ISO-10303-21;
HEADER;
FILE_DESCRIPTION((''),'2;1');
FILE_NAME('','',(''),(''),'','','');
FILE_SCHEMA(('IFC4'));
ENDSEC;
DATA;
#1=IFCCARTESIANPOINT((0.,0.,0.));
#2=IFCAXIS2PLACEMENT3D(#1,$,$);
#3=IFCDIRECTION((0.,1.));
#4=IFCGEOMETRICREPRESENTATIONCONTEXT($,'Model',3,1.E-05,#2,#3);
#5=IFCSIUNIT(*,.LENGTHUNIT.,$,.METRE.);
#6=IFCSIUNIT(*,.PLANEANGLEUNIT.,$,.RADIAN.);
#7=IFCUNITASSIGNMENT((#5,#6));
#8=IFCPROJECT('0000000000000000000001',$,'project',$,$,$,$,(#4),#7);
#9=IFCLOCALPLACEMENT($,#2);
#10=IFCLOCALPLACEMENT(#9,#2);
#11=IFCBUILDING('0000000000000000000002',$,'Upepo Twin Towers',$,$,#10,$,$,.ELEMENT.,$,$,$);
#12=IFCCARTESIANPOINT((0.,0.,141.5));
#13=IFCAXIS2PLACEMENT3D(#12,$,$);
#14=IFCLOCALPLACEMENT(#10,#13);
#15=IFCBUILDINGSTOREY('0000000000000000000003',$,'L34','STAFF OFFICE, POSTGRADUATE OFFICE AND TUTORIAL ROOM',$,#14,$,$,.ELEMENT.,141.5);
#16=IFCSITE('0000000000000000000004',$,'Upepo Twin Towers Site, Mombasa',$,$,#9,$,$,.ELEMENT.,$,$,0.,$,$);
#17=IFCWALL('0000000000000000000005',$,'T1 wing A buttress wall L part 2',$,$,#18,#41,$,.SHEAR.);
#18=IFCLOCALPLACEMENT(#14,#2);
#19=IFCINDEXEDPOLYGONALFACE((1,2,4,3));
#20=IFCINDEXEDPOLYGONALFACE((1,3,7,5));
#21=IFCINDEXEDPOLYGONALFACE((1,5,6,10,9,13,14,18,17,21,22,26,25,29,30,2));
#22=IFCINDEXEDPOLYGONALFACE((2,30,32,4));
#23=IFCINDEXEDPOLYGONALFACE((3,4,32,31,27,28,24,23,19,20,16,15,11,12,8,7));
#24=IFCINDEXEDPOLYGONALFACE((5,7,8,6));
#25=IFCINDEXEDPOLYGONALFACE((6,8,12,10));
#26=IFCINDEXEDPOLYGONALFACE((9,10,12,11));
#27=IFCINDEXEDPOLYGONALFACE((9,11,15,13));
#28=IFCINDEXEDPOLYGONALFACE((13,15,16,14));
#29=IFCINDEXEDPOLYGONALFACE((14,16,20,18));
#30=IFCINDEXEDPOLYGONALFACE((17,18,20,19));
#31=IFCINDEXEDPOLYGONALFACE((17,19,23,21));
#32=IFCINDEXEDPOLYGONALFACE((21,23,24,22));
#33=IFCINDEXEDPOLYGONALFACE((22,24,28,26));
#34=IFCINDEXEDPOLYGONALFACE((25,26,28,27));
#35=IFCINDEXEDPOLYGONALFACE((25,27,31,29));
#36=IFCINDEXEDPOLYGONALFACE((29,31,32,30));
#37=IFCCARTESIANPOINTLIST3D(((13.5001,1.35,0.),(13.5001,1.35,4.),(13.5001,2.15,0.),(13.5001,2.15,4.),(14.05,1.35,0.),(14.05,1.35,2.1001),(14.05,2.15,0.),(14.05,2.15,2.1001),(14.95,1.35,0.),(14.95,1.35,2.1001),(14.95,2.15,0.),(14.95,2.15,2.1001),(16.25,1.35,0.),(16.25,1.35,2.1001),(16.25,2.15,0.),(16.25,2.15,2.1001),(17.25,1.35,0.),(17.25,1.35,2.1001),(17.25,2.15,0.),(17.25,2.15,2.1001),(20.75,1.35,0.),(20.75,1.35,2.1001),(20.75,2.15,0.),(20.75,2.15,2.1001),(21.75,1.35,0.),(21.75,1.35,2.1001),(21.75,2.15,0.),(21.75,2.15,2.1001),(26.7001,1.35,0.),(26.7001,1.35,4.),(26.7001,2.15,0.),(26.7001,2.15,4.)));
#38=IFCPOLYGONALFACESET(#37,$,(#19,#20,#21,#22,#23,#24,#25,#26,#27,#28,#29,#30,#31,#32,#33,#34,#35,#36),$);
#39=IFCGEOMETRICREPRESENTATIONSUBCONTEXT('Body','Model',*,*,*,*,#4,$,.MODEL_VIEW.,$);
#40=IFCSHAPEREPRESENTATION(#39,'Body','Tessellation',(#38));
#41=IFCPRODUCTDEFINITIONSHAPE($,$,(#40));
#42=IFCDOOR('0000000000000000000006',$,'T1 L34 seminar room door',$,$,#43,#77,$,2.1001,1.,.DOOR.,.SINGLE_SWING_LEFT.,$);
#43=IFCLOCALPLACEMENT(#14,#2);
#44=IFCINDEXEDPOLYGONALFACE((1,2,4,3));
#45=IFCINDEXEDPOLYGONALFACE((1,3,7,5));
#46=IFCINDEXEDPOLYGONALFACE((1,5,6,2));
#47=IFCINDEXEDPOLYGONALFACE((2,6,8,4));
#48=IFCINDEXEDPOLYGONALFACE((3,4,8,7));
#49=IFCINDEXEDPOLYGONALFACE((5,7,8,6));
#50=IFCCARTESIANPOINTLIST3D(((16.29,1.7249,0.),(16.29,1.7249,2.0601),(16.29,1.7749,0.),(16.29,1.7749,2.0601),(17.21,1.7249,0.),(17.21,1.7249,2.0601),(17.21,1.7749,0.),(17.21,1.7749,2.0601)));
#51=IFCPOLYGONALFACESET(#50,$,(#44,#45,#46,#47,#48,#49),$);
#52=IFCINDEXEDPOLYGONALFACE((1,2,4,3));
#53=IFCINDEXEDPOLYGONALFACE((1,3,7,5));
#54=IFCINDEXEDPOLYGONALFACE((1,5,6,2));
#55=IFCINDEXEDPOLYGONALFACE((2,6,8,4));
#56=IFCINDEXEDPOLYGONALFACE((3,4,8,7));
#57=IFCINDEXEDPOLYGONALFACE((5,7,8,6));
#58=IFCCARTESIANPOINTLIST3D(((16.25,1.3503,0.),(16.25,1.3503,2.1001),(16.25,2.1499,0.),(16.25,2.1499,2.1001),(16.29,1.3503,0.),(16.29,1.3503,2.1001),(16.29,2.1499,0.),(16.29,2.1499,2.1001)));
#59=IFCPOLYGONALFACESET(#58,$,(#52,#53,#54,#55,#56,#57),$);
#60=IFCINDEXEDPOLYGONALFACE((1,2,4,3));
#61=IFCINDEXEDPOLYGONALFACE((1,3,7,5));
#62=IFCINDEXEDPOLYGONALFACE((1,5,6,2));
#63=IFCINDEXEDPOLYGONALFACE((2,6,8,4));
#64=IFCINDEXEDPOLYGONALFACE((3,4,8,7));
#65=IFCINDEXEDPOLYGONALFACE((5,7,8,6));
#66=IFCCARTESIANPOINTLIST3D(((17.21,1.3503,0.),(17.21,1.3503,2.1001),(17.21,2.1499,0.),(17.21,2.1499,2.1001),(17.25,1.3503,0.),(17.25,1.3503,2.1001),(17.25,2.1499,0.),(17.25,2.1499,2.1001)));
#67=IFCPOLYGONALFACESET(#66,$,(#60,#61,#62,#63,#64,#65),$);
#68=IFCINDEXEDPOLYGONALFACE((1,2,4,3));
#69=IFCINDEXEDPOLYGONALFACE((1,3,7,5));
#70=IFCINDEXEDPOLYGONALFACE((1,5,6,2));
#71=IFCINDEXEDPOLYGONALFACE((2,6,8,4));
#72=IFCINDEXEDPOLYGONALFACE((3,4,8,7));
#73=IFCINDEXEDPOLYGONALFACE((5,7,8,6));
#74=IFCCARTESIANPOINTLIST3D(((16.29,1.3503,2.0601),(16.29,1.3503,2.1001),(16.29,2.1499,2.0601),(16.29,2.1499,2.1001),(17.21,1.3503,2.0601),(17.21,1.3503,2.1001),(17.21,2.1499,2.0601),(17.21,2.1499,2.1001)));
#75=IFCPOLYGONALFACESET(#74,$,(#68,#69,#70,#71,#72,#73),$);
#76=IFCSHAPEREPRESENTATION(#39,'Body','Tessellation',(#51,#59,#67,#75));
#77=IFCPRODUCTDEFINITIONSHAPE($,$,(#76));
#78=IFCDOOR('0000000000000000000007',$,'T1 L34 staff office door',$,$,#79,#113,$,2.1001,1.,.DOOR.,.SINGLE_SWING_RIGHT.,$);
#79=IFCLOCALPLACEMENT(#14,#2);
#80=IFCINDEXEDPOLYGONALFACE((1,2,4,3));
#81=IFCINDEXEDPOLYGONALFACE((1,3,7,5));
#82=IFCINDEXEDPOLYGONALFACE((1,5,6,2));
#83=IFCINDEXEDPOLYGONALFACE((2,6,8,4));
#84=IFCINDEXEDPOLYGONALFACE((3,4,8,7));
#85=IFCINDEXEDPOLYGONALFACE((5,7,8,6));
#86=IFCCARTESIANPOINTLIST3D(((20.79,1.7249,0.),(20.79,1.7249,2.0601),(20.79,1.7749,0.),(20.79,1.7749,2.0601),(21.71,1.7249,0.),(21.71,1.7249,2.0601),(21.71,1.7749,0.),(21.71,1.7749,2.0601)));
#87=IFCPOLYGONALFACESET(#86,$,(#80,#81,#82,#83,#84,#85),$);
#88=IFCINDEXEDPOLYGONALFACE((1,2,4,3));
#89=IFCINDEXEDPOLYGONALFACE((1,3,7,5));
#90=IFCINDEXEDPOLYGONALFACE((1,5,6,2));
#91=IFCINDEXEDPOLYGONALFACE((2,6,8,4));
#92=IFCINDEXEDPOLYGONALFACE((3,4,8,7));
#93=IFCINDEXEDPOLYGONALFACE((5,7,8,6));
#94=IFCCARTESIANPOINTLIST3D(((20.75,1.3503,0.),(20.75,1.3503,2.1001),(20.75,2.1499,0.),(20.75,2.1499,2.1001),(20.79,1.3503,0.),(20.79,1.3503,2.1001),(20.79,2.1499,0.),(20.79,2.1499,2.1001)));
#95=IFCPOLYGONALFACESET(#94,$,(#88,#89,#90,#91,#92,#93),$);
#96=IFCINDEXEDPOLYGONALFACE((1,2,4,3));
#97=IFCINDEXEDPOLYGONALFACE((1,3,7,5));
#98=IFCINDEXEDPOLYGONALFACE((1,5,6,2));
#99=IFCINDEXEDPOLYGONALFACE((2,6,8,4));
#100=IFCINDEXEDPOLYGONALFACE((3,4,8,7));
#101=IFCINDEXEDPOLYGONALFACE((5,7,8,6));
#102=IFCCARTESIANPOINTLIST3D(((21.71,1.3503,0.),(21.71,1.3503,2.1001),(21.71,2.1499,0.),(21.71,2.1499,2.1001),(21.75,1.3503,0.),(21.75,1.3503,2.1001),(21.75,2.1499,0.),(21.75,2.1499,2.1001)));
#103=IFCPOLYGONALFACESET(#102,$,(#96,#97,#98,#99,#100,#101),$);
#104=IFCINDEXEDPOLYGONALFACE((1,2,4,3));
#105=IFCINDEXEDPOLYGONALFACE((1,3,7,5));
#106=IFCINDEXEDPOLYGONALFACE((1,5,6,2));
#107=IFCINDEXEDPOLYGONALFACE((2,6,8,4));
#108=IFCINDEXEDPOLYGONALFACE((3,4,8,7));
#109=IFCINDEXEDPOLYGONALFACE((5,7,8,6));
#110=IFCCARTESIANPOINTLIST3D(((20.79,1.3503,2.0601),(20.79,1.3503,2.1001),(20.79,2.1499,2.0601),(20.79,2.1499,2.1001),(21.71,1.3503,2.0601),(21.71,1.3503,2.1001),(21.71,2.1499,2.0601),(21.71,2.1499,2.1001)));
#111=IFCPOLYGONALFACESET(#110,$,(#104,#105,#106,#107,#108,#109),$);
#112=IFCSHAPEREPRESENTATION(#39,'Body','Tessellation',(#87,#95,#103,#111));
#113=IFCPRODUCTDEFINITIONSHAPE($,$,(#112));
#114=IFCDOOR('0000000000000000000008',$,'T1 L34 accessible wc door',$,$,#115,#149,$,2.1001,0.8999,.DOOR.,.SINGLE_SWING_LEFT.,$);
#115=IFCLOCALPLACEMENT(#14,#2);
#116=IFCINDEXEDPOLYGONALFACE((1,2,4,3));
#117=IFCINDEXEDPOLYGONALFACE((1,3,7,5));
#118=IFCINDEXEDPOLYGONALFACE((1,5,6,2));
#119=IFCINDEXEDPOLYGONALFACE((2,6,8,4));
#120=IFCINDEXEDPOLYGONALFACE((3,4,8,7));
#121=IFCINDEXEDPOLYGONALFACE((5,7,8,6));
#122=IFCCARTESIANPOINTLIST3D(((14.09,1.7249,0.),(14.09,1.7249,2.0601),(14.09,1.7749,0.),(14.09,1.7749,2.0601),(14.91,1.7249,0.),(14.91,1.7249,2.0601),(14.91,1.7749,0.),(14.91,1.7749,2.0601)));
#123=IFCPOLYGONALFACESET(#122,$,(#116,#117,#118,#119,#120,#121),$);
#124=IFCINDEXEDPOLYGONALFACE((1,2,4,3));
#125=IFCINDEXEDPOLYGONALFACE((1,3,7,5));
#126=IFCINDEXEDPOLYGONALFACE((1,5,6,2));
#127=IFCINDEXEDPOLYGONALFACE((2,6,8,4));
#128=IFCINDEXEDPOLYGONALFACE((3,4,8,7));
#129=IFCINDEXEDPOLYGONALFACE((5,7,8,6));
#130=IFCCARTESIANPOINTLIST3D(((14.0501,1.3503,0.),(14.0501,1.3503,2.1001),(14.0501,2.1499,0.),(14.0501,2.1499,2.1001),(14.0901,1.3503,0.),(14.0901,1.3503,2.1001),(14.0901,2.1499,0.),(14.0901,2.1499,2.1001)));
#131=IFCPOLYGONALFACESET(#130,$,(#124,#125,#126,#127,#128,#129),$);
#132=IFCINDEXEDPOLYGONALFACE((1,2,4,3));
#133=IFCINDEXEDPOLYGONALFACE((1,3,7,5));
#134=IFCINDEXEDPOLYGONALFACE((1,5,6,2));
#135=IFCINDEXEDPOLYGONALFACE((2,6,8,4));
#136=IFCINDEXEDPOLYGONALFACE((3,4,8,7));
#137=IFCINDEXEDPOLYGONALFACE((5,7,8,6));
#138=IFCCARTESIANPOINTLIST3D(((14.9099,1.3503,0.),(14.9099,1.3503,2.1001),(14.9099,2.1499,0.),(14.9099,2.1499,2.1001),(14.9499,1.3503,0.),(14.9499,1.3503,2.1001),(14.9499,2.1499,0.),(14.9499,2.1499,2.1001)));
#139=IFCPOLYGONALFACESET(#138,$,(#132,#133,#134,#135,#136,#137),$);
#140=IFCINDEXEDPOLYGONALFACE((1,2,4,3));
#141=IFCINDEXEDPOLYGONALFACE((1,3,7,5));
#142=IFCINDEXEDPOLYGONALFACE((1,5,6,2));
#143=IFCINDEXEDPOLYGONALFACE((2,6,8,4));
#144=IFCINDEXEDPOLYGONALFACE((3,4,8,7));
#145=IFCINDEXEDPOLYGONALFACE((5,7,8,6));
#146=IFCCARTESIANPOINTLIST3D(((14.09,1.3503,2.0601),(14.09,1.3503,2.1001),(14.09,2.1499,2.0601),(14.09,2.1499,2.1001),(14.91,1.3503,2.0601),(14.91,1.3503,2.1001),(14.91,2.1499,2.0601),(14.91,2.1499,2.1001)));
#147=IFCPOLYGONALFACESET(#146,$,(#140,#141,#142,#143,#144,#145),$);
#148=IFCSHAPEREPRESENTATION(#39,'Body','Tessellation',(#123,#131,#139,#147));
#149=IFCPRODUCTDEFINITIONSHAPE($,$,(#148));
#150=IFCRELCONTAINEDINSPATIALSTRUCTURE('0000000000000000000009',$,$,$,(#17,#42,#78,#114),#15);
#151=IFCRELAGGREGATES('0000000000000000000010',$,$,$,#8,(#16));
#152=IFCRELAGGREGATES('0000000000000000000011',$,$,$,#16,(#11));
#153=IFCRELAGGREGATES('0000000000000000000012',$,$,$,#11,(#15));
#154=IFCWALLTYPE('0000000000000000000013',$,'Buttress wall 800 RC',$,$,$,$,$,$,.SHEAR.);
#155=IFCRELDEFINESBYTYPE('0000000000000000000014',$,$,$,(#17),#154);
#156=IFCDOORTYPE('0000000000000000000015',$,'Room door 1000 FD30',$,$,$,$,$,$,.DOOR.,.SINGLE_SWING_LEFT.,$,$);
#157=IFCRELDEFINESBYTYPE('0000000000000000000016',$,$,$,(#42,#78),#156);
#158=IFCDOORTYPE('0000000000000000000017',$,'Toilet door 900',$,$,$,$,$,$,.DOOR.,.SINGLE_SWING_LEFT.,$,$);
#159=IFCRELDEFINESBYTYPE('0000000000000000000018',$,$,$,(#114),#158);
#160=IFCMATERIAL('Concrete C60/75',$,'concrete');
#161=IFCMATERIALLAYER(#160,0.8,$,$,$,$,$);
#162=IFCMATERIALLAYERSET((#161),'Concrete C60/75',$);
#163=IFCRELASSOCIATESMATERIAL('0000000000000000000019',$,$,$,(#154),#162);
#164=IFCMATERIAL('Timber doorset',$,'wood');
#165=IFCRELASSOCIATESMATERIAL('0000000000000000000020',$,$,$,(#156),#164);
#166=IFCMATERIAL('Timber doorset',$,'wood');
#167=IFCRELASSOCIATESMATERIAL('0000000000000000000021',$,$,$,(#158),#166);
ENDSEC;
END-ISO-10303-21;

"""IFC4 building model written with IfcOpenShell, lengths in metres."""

from ifc_helpers import new_model, si_unit, direction, frame, frame_2d, origin, place, context, subcontext, project, spatial, rectangle, extrude, material, layer, layer_set, type_object, element, fill, save


model = new_model("IFC4")

# Units and contexts
model_context = context("Model", 3, precision=1e-05, world=origin(), true_north=direction((0.0, 1.0)))
body_context = subcontext(model_context, "Body", "Model", "MODEL_VIEW")
ifc_project = project(units=[si_unit("LENGTHUNIT", "METRE"), si_unit("PLANEANGLEUNIT", "RADIAN")], contexts=[model_context])

# Site, building, storey
site_placement = place(None, origin())
site = spatial("IfcSite", under=ifc_project, at=site_placement, Name="Upepo Twin Towers Site, Mombasa", CompositionType="ELEMENT", RefElevation=0.0)
building_placement = place(site_placement, origin())
building = spatial("IfcBuilding", under=site, at=building_placement, Name="Upepo Twin Towers", CompositionType="ELEMENT")
storey_placement = place(building_placement, frame((0.0, 0.0, 141.5)))
storey = spatial("IfcBuildingStorey", under=building, at=storey_placement, Name="L34", Description="STAFF OFFICE, POSTGRADUATE OFFICE AND TUTORIAL ROOM", CompositionType="ELEMENT", Elevation=141.5)

# Wall, openings, doors
ifc_material_1 = material(Name="Concrete C60/75", Category="concrete")
ifc_layer_1 = layer(ifc_material_1, 0.8)
ifc_layer_set_1 = layer_set([ifc_layer_1], Name="Concrete C60/75")
wall_type_1 = type_object("IfcWallType", Name="Buttress wall 800 RC", PredefinedType="SHEAR", material=ifc_layer_set_1)
wall_1_placement = place(storey_placement, frame((13.5, 1.75, 0.0), z_axis=(0.0, 0.0, 1.0), x_axis=(1.0, 0.0, 0.0)))
wall_1 = element("IfcWall", 1, at=wall_1_placement, inside=storey, type_object=wall_type_1, Name="T1 wing A buttress wall L part 2", PredefinedType="SHEAR", context=body_context, shape_type="SweptSolid", body=[
    extrude(rectangle(XDim=13.2, YDim=0.8, at=frame_2d((6.6001, 0.0))), origin(), (0.0, 0.0, 1.0), 4.0),
])
opening_1_placement = place(wall_1_placement, frame((0.55, 0.0, 0.0)))
opening_1 = element("IfcOpeningElement", 2, at=opening_1_placement, cuts=wall_1, PredefinedType="OPENING", context=body_context, shape_type="SweptSolid", body=[
    extrude(rectangle(XDim=0.8999, YDim=2.1001, at=frame_2d((0.45, 1.05))), frame((0.0, 0.4099, 0.0), z_axis=(0.0, -1.0, 0.0), x_axis=(1.0, 0.0, 0.0)), (0.0, 0.0, 1.0), 0.8201),
])
opening_2_placement = place(wall_1_placement, frame((2.75, 0.0, 0.0)))
opening_2 = element("IfcOpeningElement", 3, at=opening_2_placement, cuts=wall_1, PredefinedType="OPENING", context=body_context, shape_type="SweptSolid", body=[
    extrude(rectangle(XDim=1.0, YDim=2.1001, at=frame_2d((0.5, 1.05))), frame((0.0, 0.4099, 0.0), z_axis=(0.0, -1.0, 0.0), x_axis=(1.0, 0.0, 0.0)), (0.0, 0.0, 1.0), 0.8201),
])
opening_3_placement = place(wall_1_placement, frame((7.25, 0.0, 0.0)))
opening_3 = element("IfcOpeningElement", 4, at=opening_3_placement, cuts=wall_1, PredefinedType="OPENING", context=body_context, shape_type="SweptSolid", body=[
    extrude(rectangle(XDim=1.0, YDim=2.1001, at=frame_2d((0.5, 1.05))), frame((0.0, 0.4099, 0.0), z_axis=(0.0, -1.0, 0.0), x_axis=(1.0, 0.0, 0.0)), (0.0, 0.0, 1.0), 0.8201),
])
ifc_material_2 = material(Name="Timber doorset", Category="wood")
door_type_1 = type_object("IfcDoorType", Name="Room door 1000 FD30", OperationType="SINGLE_SWING_LEFT", PredefinedType="DOOR", material=ifc_material_2)
door_1_placement = place(opening_2_placement, origin())
door_1 = element("IfcDoor", 5, at=door_1_placement, inside=storey, type_object=door_type_1, Name="T1 L34 seminar room door", OperationType="SINGLE_SWING_LEFT", OverallHeight=2.1001, OverallWidth=1.0, PredefinedType="DOOR", context=body_context, shape_type="SweptSolid", body=[
    extrude(rectangle(XDim=0.92, YDim=2.0601, at=frame_2d((0.5, 1.03))), frame((0.0, 0.0249, 0.0), z_axis=(0.0, -1.0, 0.0), x_axis=(1.0, 0.0, 0.0)), (0.0, 0.0, 1.0), 0.05),
    extrude(rectangle(XDim=0.04, YDim=2.1001, at=frame_2d((0.02, 1.05))), frame((0.0, 0.3999, 0.0), z_axis=(0.0, -1.0, 0.0), x_axis=(1.0, 0.0, 0.0)), (0.0, 0.0, 1.0), 0.7996),
    extrude(rectangle(XDim=0.04, YDim=2.1001, at=frame_2d((0.98, 1.05))), frame((0.0, 0.3999, 0.0), z_axis=(0.0, -1.0, 0.0), x_axis=(1.0, 0.0, 0.0)), (0.0, 0.0, 1.0), 0.7996),
    extrude(rectangle(XDim=0.92, YDim=0.04, at=frame_2d((0.5, 2.0801))), frame((0.0, 0.3999, 0.0), z_axis=(0.0, -1.0, 0.0), x_axis=(1.0, 0.0, 0.0)), (0.0, 0.0, 1.0), 0.7996),
])
fill(opening_2, door_1)
door_2_placement = place(opening_3_placement, origin())
door_2 = element("IfcDoor", 6, at=door_2_placement, inside=storey, type_object=door_type_1, Name="T1 L34 staff office door", OperationType="SINGLE_SWING_RIGHT", OverallHeight=2.1001, OverallWidth=1.0, PredefinedType="DOOR", context=body_context, shape_type="SweptSolid", body=[
    extrude(rectangle(XDim=0.92, YDim=2.0601, at=frame_2d((0.5, 1.03))), frame((0.0, 0.0249, 0.0), z_axis=(0.0, -1.0, 0.0), x_axis=(1.0, 0.0, 0.0)), (0.0, 0.0, 1.0), 0.05),
    extrude(rectangle(XDim=0.04, YDim=2.1001, at=frame_2d((0.02, 1.05))), frame((0.0, 0.3999, 0.0), z_axis=(0.0, -1.0, 0.0), x_axis=(1.0, 0.0, 0.0)), (0.0, 0.0, 1.0), 0.7996),
    extrude(rectangle(XDim=0.04, YDim=2.1001, at=frame_2d((0.98, 1.05))), frame((0.0, 0.3999, 0.0), z_axis=(0.0, -1.0, 0.0), x_axis=(1.0, 0.0, 0.0)), (0.0, 0.0, 1.0), 0.7996),
    extrude(rectangle(XDim=0.92, YDim=0.04, at=frame_2d((0.5, 2.0801))), frame((0.0, 0.3999, 0.0), z_axis=(0.0, -1.0, 0.0), x_axis=(1.0, 0.0, 0.0)), (0.0, 0.0, 1.0), 0.7996),
])
fill(opening_3, door_2)
ifc_material_3 = material(Name="Timber doorset", Category="wood")
door_type_2 = type_object("IfcDoorType", Name="Toilet door 900", OperationType="SINGLE_SWING_LEFT", PredefinedType="DOOR", material=ifc_material_3)
door_3_placement = place(opening_1_placement, origin())
door_3 = element("IfcDoor", 7, at=door_3_placement, inside=storey, type_object=door_type_2, Name="T1 L34 accessible wc door", OperationType="SINGLE_SWING_LEFT", OverallHeight=2.1001, OverallWidth=0.8999, PredefinedType="DOOR", context=body_context, shape_type="SweptSolid", body=[
    extrude(rectangle(XDim=0.8199, YDim=2.0601, at=frame_2d((0.45, 1.03))), frame((0.0, 0.0249, 0.0), z_axis=(0.0, -1.0, 0.0), x_axis=(1.0, 0.0, 0.0)), (0.0, 0.0, 1.0), 0.05),
    extrude(rectangle(XDim=0.04, YDim=2.1001, at=frame_2d((0.02, 1.05))), frame((0.0, 0.3999, 0.0), z_axis=(0.0, -1.0, 0.0), x_axis=(1.0, 0.0, 0.0)), (0.0, 0.0, 1.0), 0.7996),
    extrude(rectangle(XDim=0.04, YDim=2.1001, at=frame_2d((0.8799, 1.05))), frame((0.0, 0.3999, 0.0), z_axis=(0.0, -1.0, 0.0), x_axis=(1.0, 0.0, 0.0)), (0.0, 0.0, 1.0), 0.7996),
    extrude(rectangle(XDim=0.8199, YDim=0.04, at=frame_2d((0.45, 2.0801))), frame((0.0, 0.3999, 0.0), z_axis=(0.0, -1.0, 0.0), x_axis=(1.0, 0.0, 0.0)), (0.0, 0.0, 1.0), 0.7996),
])
fill(opening_1, door_3)

save(model, "model.ifc")
